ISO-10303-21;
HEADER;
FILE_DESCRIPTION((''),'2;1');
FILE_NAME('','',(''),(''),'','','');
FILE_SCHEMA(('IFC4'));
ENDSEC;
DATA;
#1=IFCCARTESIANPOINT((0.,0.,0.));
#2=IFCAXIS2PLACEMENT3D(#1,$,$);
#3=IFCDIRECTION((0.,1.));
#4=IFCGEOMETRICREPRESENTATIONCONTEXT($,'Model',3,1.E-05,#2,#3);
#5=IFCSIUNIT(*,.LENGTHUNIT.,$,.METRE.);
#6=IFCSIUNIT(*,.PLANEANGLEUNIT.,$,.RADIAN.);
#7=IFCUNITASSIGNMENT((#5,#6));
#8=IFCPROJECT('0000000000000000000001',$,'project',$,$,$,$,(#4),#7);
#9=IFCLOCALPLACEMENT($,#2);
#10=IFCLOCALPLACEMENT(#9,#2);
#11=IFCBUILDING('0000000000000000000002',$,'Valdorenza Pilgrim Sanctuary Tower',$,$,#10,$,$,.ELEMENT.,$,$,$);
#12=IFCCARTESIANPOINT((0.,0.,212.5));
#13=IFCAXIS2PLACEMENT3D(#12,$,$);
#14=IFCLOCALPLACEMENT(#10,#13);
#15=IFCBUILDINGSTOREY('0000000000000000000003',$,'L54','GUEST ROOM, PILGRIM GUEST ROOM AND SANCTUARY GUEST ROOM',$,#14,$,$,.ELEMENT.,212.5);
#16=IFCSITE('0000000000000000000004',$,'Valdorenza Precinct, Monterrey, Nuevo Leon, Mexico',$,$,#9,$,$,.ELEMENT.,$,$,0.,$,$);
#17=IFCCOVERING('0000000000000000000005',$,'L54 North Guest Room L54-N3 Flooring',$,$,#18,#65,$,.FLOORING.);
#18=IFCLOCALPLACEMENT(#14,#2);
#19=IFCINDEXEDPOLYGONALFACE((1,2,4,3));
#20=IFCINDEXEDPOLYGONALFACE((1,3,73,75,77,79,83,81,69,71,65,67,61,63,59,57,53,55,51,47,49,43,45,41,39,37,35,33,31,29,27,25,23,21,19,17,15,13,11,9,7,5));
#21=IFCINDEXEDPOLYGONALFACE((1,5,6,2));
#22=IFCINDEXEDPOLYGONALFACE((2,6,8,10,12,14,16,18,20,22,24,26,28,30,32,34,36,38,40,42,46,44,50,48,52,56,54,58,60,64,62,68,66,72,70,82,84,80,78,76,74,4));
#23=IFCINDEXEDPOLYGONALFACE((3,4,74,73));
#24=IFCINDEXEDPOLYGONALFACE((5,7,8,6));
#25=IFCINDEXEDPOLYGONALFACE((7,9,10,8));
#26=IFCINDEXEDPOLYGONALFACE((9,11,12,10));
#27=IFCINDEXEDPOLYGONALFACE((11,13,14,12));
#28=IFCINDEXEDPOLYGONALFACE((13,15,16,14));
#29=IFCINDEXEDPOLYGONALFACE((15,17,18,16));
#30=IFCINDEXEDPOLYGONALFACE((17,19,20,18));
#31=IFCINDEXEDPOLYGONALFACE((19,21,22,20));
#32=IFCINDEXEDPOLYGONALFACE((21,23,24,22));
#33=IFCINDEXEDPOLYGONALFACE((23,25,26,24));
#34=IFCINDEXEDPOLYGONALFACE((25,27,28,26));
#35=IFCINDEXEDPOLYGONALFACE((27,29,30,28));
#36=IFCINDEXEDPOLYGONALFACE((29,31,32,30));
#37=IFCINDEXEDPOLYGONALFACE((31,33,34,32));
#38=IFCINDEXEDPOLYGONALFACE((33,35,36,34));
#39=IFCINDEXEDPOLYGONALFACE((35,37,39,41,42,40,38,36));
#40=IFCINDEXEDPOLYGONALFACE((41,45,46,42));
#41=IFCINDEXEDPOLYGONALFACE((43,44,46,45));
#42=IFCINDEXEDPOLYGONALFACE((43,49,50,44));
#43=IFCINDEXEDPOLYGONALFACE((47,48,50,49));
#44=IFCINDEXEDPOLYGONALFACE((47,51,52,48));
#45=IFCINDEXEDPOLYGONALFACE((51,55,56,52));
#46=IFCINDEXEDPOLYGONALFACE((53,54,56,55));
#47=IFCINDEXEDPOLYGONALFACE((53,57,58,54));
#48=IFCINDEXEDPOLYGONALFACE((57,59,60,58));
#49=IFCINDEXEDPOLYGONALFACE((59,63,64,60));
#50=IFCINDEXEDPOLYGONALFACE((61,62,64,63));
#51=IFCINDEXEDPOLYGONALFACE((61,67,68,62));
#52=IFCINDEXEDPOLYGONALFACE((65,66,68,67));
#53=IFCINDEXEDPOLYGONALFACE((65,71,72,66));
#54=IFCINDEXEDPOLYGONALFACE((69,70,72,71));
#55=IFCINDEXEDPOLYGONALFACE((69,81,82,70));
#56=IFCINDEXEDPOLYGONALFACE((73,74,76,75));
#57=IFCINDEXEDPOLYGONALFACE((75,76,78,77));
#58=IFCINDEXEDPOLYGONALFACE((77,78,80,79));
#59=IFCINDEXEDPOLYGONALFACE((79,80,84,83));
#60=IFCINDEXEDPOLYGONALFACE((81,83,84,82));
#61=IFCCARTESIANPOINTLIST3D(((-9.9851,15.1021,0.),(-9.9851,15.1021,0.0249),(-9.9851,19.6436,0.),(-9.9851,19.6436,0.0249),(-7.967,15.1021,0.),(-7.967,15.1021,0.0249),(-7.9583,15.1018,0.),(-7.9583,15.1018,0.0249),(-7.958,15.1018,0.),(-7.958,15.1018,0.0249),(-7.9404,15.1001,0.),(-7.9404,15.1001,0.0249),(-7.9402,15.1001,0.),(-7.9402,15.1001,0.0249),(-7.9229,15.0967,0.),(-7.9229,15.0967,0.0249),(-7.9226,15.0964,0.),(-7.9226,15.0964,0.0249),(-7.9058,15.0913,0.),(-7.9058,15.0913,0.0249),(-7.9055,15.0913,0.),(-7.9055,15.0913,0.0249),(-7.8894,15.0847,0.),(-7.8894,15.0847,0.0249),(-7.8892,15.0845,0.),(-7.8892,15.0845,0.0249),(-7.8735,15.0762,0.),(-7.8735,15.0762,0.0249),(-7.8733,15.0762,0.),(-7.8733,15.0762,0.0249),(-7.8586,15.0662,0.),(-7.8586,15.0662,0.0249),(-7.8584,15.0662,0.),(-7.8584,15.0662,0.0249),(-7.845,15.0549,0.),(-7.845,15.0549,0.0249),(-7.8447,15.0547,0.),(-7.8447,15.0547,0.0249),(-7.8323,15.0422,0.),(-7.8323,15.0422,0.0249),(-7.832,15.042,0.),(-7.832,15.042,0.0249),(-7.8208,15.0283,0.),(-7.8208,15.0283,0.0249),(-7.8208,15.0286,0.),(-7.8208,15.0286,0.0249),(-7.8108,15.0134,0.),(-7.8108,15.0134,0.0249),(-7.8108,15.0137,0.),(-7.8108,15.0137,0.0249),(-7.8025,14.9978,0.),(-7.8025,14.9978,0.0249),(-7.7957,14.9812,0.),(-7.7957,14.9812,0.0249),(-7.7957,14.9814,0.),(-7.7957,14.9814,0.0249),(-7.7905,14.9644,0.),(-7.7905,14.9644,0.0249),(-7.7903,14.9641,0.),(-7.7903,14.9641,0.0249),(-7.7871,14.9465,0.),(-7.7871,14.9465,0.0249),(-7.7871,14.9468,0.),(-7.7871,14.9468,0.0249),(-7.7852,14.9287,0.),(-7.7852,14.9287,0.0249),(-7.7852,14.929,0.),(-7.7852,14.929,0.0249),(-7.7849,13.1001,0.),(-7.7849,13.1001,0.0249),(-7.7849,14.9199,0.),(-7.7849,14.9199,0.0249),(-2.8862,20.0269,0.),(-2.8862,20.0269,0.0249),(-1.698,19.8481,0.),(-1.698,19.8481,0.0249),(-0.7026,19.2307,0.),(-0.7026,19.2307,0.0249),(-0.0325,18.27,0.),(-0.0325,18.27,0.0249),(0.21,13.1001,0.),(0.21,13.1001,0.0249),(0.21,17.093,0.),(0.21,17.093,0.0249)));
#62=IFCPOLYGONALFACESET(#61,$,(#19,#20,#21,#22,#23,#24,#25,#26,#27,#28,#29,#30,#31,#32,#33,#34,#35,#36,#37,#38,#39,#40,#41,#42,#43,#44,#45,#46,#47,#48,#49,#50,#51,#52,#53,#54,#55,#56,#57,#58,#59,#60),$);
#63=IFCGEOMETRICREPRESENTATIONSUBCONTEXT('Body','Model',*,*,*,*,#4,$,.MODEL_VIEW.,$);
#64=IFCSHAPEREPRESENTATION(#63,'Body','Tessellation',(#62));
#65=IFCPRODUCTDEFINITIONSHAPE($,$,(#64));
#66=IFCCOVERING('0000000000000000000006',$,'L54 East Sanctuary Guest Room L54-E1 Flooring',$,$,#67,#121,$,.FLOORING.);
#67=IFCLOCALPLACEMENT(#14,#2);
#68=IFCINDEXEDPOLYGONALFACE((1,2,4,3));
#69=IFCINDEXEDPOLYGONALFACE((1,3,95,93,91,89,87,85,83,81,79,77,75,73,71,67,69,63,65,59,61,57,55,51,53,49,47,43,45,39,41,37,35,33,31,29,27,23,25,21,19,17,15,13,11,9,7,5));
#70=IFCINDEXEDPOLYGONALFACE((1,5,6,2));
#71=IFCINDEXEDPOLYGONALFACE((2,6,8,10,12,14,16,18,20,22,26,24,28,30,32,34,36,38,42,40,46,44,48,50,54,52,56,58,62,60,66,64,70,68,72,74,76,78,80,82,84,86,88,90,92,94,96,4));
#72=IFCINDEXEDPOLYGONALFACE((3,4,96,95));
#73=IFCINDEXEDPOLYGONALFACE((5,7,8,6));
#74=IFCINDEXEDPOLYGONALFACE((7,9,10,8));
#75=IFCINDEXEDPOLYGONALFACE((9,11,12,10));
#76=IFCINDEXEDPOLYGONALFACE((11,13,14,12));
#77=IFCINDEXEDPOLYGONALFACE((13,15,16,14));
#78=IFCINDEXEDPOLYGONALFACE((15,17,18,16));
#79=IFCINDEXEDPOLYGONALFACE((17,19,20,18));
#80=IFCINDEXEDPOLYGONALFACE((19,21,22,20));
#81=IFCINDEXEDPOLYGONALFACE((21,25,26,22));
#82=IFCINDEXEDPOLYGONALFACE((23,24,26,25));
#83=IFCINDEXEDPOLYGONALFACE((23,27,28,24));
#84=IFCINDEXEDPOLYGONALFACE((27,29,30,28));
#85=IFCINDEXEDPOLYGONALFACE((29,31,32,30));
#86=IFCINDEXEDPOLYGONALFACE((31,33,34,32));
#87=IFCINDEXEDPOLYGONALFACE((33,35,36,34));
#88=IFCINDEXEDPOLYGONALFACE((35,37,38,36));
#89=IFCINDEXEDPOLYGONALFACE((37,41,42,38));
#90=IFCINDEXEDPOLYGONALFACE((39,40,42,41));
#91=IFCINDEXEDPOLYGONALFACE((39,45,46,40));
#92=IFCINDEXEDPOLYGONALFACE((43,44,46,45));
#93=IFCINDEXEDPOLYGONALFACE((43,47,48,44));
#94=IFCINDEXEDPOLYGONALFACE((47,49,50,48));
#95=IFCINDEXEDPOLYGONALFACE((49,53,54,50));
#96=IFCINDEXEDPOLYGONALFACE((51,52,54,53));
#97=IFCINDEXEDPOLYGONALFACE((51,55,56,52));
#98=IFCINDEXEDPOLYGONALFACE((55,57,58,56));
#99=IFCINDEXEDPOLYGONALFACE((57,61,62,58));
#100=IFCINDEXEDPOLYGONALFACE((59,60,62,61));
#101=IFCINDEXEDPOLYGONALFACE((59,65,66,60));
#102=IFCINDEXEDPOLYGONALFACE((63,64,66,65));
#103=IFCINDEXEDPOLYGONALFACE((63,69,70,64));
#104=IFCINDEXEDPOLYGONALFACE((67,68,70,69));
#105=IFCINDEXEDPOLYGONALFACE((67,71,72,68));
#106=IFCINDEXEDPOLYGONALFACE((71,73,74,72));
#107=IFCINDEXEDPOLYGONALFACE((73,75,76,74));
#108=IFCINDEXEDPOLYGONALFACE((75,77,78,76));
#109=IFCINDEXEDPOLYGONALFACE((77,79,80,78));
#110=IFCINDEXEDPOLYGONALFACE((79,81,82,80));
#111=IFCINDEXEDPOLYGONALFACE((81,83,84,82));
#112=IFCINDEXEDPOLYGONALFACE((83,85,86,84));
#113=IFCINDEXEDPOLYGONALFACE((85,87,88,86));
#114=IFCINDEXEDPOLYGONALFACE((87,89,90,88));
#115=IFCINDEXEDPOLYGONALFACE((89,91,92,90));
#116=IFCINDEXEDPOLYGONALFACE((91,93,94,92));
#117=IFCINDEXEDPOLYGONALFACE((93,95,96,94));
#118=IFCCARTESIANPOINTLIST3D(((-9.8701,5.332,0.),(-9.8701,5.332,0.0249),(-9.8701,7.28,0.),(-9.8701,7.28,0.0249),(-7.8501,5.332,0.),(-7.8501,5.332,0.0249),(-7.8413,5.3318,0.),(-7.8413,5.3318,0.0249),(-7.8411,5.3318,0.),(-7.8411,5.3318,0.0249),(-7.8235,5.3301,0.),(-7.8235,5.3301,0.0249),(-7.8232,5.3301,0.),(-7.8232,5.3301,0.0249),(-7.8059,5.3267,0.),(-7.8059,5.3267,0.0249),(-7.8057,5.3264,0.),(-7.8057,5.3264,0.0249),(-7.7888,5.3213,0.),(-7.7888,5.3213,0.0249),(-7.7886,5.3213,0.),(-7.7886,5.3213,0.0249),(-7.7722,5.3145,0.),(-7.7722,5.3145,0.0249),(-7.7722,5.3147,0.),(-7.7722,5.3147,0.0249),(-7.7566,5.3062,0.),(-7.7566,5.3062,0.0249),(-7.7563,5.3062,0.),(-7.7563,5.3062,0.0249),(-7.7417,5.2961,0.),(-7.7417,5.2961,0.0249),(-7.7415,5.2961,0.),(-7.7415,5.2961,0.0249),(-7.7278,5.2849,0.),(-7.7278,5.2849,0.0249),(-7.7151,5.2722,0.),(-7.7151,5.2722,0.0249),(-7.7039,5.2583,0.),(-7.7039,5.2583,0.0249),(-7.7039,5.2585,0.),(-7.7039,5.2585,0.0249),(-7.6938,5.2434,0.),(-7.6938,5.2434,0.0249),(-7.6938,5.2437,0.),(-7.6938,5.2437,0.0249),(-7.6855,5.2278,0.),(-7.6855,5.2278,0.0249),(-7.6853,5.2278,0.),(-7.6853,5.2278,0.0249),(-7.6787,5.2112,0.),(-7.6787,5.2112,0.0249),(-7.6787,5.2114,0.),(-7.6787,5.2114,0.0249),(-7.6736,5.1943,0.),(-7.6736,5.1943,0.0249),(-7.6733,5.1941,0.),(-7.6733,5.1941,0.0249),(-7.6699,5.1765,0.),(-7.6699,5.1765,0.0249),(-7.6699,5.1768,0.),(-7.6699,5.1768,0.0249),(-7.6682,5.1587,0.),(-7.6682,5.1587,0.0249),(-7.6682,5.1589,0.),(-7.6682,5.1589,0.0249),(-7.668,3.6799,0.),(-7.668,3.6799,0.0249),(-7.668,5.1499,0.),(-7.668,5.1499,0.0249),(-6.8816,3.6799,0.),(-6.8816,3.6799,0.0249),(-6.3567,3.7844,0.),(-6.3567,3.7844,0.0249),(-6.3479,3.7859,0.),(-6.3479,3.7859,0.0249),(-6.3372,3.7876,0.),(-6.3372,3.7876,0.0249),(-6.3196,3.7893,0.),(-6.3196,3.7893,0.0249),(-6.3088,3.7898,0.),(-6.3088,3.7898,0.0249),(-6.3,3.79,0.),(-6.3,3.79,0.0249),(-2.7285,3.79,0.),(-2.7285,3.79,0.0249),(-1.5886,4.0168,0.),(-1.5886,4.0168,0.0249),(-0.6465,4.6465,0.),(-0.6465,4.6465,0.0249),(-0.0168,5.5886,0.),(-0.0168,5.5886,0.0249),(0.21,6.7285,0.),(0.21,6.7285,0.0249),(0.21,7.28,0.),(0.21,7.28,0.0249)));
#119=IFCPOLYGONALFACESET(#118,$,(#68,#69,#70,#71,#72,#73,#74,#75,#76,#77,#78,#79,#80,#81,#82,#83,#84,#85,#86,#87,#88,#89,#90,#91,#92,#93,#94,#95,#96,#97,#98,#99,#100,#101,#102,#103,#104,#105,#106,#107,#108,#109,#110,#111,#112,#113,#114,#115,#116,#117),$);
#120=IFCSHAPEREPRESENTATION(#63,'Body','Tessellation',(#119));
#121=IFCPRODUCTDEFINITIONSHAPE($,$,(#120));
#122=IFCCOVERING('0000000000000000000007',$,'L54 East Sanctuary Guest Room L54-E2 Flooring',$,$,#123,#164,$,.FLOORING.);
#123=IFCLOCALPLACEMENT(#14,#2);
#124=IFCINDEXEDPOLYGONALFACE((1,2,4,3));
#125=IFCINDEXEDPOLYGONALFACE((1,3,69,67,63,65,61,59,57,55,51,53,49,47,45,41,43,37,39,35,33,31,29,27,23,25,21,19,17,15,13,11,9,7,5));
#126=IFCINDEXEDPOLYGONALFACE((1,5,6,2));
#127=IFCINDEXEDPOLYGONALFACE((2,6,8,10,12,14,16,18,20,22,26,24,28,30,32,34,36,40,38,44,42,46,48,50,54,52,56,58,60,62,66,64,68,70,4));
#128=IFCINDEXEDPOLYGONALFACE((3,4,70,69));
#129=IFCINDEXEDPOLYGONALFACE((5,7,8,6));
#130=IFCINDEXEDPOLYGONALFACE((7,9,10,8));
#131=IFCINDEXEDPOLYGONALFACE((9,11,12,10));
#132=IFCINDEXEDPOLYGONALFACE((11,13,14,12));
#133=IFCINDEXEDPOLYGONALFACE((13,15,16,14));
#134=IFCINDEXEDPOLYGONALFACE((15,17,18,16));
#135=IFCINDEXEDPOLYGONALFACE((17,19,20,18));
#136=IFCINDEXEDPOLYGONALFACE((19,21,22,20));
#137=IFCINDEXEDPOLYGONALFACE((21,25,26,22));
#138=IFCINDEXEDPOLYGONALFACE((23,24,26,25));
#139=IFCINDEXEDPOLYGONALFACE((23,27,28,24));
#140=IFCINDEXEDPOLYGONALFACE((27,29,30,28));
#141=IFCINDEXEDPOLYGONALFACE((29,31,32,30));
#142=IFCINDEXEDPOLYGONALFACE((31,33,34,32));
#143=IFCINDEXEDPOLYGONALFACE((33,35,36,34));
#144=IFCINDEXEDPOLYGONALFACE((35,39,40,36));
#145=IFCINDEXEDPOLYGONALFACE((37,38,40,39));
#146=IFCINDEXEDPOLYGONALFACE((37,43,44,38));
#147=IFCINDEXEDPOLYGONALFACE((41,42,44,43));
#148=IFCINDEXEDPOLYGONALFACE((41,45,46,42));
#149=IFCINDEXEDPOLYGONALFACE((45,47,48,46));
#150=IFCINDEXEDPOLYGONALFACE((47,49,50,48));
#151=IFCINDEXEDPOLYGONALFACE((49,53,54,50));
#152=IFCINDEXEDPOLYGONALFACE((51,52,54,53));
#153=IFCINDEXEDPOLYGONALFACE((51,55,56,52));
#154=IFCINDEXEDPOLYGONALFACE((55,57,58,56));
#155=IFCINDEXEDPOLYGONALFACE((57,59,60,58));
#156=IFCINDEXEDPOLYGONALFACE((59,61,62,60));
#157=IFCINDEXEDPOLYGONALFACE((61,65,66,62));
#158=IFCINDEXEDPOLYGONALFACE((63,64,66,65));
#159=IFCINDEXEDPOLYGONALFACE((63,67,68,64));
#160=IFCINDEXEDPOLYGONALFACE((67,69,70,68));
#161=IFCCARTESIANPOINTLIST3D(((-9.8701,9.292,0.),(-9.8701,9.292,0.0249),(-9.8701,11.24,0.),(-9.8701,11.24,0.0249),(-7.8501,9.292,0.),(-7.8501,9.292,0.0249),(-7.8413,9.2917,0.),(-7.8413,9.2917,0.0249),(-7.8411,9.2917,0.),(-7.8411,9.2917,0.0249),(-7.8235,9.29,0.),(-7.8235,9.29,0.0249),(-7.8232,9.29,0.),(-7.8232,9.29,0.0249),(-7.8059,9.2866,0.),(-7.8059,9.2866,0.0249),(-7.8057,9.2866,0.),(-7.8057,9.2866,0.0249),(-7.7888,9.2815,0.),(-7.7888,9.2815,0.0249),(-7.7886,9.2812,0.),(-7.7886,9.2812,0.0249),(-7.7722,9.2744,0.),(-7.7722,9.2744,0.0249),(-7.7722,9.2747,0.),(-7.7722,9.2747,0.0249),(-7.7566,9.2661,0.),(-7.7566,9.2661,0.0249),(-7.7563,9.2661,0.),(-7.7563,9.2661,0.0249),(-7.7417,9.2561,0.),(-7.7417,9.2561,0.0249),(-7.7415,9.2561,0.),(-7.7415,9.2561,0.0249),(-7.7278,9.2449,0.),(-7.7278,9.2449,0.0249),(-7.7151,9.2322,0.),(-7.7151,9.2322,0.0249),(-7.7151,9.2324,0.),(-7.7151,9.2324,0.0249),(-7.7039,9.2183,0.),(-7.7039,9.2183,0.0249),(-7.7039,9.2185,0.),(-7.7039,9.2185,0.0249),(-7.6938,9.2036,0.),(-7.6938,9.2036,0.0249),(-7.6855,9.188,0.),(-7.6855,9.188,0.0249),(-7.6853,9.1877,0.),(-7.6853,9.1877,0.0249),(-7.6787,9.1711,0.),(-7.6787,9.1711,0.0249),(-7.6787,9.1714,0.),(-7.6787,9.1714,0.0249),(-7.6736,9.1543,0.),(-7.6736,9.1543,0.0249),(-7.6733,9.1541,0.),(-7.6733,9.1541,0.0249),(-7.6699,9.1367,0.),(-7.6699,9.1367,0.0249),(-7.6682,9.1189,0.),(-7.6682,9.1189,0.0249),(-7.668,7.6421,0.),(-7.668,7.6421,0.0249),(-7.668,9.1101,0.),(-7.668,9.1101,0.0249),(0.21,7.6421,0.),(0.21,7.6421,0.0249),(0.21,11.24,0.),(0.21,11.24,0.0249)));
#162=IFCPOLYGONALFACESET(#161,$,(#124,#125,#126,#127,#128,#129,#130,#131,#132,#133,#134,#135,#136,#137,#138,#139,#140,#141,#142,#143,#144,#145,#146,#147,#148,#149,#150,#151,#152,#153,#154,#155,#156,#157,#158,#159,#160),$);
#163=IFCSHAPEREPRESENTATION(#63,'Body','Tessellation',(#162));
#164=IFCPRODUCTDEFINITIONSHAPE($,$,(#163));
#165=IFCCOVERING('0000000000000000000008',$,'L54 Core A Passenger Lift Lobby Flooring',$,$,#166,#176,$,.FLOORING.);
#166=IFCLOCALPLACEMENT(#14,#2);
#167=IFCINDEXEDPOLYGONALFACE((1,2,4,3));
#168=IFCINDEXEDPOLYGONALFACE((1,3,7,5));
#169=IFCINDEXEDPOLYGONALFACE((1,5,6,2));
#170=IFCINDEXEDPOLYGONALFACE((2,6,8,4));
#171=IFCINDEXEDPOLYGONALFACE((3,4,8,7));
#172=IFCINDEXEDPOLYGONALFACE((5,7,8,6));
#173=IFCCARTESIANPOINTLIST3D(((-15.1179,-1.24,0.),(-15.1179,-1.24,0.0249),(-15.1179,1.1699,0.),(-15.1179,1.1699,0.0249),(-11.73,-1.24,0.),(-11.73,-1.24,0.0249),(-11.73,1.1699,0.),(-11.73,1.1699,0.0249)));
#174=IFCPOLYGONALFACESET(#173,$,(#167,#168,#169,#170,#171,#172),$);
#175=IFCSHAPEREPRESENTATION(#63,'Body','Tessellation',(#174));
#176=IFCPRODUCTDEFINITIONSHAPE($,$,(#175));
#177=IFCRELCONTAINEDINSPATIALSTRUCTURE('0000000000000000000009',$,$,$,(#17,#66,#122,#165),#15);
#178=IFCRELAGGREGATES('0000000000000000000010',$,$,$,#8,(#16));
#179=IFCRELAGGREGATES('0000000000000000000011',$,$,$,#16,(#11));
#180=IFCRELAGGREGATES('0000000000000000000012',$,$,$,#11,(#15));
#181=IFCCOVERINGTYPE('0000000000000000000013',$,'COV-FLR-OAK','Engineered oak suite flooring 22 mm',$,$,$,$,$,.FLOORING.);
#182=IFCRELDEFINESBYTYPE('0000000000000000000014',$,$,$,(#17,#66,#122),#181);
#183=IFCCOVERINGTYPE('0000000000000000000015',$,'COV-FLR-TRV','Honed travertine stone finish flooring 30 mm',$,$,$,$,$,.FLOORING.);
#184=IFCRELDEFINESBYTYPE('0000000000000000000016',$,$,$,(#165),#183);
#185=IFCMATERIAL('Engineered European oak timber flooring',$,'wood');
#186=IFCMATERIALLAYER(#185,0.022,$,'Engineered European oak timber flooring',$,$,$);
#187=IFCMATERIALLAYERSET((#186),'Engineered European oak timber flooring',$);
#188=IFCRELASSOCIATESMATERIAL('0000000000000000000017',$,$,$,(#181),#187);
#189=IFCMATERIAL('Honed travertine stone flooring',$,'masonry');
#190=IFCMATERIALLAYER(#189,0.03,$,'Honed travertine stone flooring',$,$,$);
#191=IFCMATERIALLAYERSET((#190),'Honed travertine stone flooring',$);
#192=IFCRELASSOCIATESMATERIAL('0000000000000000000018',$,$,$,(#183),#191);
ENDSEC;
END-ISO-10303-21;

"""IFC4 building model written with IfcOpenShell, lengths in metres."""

from ifc_helpers import new_model, si_unit, direction, frame, origin, place, context, subcontext, project, spatial, polyline, outline, extrude, material, layer, layer_set, type_object, element, save


model = new_model("IFC4")

# Units and contexts
model_context = context("Model", 3, precision=1e-05, world=origin(), true_north=direction((0.0, 1.0)))
body_context = subcontext(model_context, "Body", "Model", "MODEL_VIEW")
ifc_project = project(units=[si_unit("LENGTHUNIT", "METRE"), si_unit("PLANEANGLEUNIT", "RADIAN")], contexts=[model_context])

# Site, building, storey
site_placement = place(None, origin())
site = spatial("IfcSite", under=ifc_project, at=site_placement, Name="Valdorenza Precinct, Monterrey, Nuevo Leon, Mexico", CompositionType="ELEMENT", RefElevation=0.0)
building_placement = place(site_placement, origin())
building = spatial("IfcBuilding", under=site, at=building_placement, Name="Valdorenza Pilgrim Sanctuary Tower", CompositionType="ELEMENT")
storey_placement = place(building_placement, frame((0.0, 0.0, 212.5)))
storey = spatial("IfcBuildingStorey", under=building, at=storey_placement, Name="L54", Description="GUEST ROOM, PILGRIM GUEST ROOM AND SANCTUARY GUEST ROOM", CompositionType="ELEMENT", Elevation=212.5)

# Coverings
ifc_material_1 = material(Name="Engineered European oak timber flooring", Category="wood")
ifc_layer_1 = layer(ifc_material_1, 0.022, Name="Engineered European oak timber flooring")
ifc_layer_set_1 = layer_set([ifc_layer_1], Name="Engineered European oak timber flooring")
covering_type_1 = type_object("IfcCoveringType", Name="COV-FLR-OAK", Description="Engineered oak suite flooring 22 mm", PredefinedType="FLOORING", material=ifc_layer_set_1)
covering_1_placement = place(storey_placement, origin())
element("IfcCovering", 1, at=covering_1_placement, inside=storey, type_object=covering_type_1, Name="L54 North Guest Room L54-N3 Flooring", PredefinedType="FLOORING", context=body_context, shape_type="SweptSolid", body=[
    extrude(outline(polyline([(-7.7849, 13.1001), (-7.7849, 14.9199), (-7.7852, 14.9287), (-7.7852, 14.929), (-7.7871, 14.9465), (-7.7871, 14.9468), (-7.7903, 14.9641), (-7.7905, 14.9644), (-7.7957, 14.9812), (-7.7957, 14.9814), (-7.8025, 14.9978), (-7.8025, 14.9978), (-7.8108, 15.0134), (-7.8108, 15.0137), (-7.8208, 15.0283), (-7.8208, 15.0286), (-7.832, 15.042), (-7.8323, 15.0422), (-7.8447, 15.0547), (-7.845, 15.0549), (-7.8584, 15.0662), (-7.8586, 15.0662), (-7.8733, 15.0762), (-7.8735, 15.0762), (-7.8892, 15.0845), (-7.8894, 15.0847), (-7.9055, 15.0913), (-7.9058, 15.0913), (-7.9226, 15.0964), (-7.9229, 15.0967), (-7.9402, 15.1001), (-7.9404, 15.1001), (-7.958, 15.1018), (-7.9583, 15.1018), (-7.967, 15.1021), (-9.9851, 15.1021), (-9.9851, 19.6436), (-2.8862, 20.0269), (-1.698, 19.8481), (-0.7026, 19.2307), (-0.0325, 18.27), (0.21, 17.093), (0.21, 13.1001), (-7.7849, 13.1001)])), origin(), (0.0, 0.0, 1.0), 0.0249),
])
covering_2_placement = place(storey_placement, origin())
element("IfcCovering", 2, at=covering_2_placement, inside=storey, type_object=covering_type_1, Name="L54 East Sanctuary Guest Room L54-E1 Flooring", PredefinedType="FLOORING", context=body_context, shape_type="SweptSolid", body=[
    extrude(outline(polyline([(0.21, 6.7285), (-0.0168, 5.5886), (-0.6465, 4.6465), (-1.5886, 4.0168), (-2.7285, 3.79), (-6.3, 3.79), (-6.3088, 3.7898), (-6.3196, 3.7893), (-6.3372, 3.7876), (-6.3479, 3.7859), (-6.3567, 3.7844), (-6.8816, 3.6799), (-7.668, 3.6799), (-7.668, 5.1499), (-7.6682, 5.1587), (-7.6682, 5.1589), (-7.6699, 5.1765), (-7.6699, 5.1768), (-7.6733, 5.1941), (-7.6736, 5.1943), (-7.6787, 5.2112), (-7.6787, 5.2114), (-7.6853, 5.2278), (-7.6855, 5.2278), (-7.6938, 5.2434), (-7.6938, 5.2437), (-7.7039, 5.2583), (-7.7039, 5.2585), (-7.7151, 5.2722), (-7.7151, 5.2722), (-7.7278, 5.2849), (-7.7278, 5.2849), (-7.7415, 5.2961), (-7.7417, 5.2961), (-7.7563, 5.3062), (-7.7566, 5.3062), (-7.7722, 5.3145), (-7.7722, 5.3147), (-7.7886, 5.3213), (-7.7888, 5.3213), (-7.8057, 5.3264), (-7.8059, 5.3267), (-7.8232, 5.3301), (-7.8235, 5.3301), (-7.8411, 5.3318), (-7.8413, 5.3318), (-7.8501, 5.332), (-9.8701, 5.332), (-9.8701, 7.28), (0.21, 7.28), (0.21, 6.7285)])), origin(), (0.0, 0.0, 1.0), 0.0249),
])
covering_3_placement = place(storey_placement, origin())
element("IfcCovering", 3, at=covering_3_placement, inside=storey, type_object=covering_type_1, Name="L54 East Sanctuary Guest Room L54-E2 Flooring", PredefinedType="FLOORING", context=body_context, shape_type="SweptSolid", body=[
    extrude(outline(polyline([(0.21, 7.6421), (-7.668, 7.6421), (-7.668, 9.1101), (-7.6682, 9.1189), (-7.6682, 9.1189), (-7.6699, 9.1367), (-7.6699, 9.1367), (-7.6733, 9.1541), (-7.6736, 9.1543), (-7.6787, 9.1711), (-7.6787, 9.1714), (-7.6853, 9.1877), (-7.6855, 9.188), (-7.6938, 9.2036), (-7.6938, 9.2036), (-7.7039, 9.2183), (-7.7039, 9.2185), (-7.7151, 9.2322), (-7.7151, 9.2324), (-7.7278, 9.2449), (-7.7278, 9.2449), (-7.7415, 9.2561), (-7.7417, 9.2561), (-7.7563, 9.2661), (-7.7566, 9.2661), (-7.7722, 9.2744), (-7.7722, 9.2747), (-7.7886, 9.2812), (-7.7888, 9.2815), (-7.8057, 9.2866), (-7.8059, 9.2866), (-7.8232, 9.29), (-7.8235, 9.29), (-7.8411, 9.2917), (-7.8413, 9.2917), (-7.8501, 9.292), (-9.8701, 9.292), (-9.8701, 11.24), (0.21, 11.24), (0.21, 7.6421)])), origin(), (0.0, 0.0, 1.0), 0.0249),
])
ifc_material_2 = material(Name="Honed travertine stone flooring", Category="masonry")
ifc_layer_2 = layer(ifc_material_2, 0.03, Name="Honed travertine stone flooring")
ifc_layer_set_2 = layer_set([ifc_layer_2], Name="Honed travertine stone flooring")
covering_type_2 = type_object("IfcCoveringType", Name="COV-FLR-TRV", Description="Honed travertine stone finish flooring 30 mm", PredefinedType="FLOORING", material=ifc_layer_set_2)
covering_4_placement = place(storey_placement, origin())
element("IfcCovering", 4, at=covering_4_placement, inside=storey, type_object=covering_type_2, Name="L54 Core A Passenger Lift Lobby Flooring", PredefinedType="FLOORING", context=body_context, shape_type="SweptSolid", body=[
    extrude(outline(polyline([(-15.1179, 1.1699), (-11.73, 1.1699), (-11.73, -1.24), (-15.1179, -1.24), (-15.1179, 1.1699)])), origin(), (0.0, 0.0, 1.0), 0.0249),
])

save(model, "model.ifc")
